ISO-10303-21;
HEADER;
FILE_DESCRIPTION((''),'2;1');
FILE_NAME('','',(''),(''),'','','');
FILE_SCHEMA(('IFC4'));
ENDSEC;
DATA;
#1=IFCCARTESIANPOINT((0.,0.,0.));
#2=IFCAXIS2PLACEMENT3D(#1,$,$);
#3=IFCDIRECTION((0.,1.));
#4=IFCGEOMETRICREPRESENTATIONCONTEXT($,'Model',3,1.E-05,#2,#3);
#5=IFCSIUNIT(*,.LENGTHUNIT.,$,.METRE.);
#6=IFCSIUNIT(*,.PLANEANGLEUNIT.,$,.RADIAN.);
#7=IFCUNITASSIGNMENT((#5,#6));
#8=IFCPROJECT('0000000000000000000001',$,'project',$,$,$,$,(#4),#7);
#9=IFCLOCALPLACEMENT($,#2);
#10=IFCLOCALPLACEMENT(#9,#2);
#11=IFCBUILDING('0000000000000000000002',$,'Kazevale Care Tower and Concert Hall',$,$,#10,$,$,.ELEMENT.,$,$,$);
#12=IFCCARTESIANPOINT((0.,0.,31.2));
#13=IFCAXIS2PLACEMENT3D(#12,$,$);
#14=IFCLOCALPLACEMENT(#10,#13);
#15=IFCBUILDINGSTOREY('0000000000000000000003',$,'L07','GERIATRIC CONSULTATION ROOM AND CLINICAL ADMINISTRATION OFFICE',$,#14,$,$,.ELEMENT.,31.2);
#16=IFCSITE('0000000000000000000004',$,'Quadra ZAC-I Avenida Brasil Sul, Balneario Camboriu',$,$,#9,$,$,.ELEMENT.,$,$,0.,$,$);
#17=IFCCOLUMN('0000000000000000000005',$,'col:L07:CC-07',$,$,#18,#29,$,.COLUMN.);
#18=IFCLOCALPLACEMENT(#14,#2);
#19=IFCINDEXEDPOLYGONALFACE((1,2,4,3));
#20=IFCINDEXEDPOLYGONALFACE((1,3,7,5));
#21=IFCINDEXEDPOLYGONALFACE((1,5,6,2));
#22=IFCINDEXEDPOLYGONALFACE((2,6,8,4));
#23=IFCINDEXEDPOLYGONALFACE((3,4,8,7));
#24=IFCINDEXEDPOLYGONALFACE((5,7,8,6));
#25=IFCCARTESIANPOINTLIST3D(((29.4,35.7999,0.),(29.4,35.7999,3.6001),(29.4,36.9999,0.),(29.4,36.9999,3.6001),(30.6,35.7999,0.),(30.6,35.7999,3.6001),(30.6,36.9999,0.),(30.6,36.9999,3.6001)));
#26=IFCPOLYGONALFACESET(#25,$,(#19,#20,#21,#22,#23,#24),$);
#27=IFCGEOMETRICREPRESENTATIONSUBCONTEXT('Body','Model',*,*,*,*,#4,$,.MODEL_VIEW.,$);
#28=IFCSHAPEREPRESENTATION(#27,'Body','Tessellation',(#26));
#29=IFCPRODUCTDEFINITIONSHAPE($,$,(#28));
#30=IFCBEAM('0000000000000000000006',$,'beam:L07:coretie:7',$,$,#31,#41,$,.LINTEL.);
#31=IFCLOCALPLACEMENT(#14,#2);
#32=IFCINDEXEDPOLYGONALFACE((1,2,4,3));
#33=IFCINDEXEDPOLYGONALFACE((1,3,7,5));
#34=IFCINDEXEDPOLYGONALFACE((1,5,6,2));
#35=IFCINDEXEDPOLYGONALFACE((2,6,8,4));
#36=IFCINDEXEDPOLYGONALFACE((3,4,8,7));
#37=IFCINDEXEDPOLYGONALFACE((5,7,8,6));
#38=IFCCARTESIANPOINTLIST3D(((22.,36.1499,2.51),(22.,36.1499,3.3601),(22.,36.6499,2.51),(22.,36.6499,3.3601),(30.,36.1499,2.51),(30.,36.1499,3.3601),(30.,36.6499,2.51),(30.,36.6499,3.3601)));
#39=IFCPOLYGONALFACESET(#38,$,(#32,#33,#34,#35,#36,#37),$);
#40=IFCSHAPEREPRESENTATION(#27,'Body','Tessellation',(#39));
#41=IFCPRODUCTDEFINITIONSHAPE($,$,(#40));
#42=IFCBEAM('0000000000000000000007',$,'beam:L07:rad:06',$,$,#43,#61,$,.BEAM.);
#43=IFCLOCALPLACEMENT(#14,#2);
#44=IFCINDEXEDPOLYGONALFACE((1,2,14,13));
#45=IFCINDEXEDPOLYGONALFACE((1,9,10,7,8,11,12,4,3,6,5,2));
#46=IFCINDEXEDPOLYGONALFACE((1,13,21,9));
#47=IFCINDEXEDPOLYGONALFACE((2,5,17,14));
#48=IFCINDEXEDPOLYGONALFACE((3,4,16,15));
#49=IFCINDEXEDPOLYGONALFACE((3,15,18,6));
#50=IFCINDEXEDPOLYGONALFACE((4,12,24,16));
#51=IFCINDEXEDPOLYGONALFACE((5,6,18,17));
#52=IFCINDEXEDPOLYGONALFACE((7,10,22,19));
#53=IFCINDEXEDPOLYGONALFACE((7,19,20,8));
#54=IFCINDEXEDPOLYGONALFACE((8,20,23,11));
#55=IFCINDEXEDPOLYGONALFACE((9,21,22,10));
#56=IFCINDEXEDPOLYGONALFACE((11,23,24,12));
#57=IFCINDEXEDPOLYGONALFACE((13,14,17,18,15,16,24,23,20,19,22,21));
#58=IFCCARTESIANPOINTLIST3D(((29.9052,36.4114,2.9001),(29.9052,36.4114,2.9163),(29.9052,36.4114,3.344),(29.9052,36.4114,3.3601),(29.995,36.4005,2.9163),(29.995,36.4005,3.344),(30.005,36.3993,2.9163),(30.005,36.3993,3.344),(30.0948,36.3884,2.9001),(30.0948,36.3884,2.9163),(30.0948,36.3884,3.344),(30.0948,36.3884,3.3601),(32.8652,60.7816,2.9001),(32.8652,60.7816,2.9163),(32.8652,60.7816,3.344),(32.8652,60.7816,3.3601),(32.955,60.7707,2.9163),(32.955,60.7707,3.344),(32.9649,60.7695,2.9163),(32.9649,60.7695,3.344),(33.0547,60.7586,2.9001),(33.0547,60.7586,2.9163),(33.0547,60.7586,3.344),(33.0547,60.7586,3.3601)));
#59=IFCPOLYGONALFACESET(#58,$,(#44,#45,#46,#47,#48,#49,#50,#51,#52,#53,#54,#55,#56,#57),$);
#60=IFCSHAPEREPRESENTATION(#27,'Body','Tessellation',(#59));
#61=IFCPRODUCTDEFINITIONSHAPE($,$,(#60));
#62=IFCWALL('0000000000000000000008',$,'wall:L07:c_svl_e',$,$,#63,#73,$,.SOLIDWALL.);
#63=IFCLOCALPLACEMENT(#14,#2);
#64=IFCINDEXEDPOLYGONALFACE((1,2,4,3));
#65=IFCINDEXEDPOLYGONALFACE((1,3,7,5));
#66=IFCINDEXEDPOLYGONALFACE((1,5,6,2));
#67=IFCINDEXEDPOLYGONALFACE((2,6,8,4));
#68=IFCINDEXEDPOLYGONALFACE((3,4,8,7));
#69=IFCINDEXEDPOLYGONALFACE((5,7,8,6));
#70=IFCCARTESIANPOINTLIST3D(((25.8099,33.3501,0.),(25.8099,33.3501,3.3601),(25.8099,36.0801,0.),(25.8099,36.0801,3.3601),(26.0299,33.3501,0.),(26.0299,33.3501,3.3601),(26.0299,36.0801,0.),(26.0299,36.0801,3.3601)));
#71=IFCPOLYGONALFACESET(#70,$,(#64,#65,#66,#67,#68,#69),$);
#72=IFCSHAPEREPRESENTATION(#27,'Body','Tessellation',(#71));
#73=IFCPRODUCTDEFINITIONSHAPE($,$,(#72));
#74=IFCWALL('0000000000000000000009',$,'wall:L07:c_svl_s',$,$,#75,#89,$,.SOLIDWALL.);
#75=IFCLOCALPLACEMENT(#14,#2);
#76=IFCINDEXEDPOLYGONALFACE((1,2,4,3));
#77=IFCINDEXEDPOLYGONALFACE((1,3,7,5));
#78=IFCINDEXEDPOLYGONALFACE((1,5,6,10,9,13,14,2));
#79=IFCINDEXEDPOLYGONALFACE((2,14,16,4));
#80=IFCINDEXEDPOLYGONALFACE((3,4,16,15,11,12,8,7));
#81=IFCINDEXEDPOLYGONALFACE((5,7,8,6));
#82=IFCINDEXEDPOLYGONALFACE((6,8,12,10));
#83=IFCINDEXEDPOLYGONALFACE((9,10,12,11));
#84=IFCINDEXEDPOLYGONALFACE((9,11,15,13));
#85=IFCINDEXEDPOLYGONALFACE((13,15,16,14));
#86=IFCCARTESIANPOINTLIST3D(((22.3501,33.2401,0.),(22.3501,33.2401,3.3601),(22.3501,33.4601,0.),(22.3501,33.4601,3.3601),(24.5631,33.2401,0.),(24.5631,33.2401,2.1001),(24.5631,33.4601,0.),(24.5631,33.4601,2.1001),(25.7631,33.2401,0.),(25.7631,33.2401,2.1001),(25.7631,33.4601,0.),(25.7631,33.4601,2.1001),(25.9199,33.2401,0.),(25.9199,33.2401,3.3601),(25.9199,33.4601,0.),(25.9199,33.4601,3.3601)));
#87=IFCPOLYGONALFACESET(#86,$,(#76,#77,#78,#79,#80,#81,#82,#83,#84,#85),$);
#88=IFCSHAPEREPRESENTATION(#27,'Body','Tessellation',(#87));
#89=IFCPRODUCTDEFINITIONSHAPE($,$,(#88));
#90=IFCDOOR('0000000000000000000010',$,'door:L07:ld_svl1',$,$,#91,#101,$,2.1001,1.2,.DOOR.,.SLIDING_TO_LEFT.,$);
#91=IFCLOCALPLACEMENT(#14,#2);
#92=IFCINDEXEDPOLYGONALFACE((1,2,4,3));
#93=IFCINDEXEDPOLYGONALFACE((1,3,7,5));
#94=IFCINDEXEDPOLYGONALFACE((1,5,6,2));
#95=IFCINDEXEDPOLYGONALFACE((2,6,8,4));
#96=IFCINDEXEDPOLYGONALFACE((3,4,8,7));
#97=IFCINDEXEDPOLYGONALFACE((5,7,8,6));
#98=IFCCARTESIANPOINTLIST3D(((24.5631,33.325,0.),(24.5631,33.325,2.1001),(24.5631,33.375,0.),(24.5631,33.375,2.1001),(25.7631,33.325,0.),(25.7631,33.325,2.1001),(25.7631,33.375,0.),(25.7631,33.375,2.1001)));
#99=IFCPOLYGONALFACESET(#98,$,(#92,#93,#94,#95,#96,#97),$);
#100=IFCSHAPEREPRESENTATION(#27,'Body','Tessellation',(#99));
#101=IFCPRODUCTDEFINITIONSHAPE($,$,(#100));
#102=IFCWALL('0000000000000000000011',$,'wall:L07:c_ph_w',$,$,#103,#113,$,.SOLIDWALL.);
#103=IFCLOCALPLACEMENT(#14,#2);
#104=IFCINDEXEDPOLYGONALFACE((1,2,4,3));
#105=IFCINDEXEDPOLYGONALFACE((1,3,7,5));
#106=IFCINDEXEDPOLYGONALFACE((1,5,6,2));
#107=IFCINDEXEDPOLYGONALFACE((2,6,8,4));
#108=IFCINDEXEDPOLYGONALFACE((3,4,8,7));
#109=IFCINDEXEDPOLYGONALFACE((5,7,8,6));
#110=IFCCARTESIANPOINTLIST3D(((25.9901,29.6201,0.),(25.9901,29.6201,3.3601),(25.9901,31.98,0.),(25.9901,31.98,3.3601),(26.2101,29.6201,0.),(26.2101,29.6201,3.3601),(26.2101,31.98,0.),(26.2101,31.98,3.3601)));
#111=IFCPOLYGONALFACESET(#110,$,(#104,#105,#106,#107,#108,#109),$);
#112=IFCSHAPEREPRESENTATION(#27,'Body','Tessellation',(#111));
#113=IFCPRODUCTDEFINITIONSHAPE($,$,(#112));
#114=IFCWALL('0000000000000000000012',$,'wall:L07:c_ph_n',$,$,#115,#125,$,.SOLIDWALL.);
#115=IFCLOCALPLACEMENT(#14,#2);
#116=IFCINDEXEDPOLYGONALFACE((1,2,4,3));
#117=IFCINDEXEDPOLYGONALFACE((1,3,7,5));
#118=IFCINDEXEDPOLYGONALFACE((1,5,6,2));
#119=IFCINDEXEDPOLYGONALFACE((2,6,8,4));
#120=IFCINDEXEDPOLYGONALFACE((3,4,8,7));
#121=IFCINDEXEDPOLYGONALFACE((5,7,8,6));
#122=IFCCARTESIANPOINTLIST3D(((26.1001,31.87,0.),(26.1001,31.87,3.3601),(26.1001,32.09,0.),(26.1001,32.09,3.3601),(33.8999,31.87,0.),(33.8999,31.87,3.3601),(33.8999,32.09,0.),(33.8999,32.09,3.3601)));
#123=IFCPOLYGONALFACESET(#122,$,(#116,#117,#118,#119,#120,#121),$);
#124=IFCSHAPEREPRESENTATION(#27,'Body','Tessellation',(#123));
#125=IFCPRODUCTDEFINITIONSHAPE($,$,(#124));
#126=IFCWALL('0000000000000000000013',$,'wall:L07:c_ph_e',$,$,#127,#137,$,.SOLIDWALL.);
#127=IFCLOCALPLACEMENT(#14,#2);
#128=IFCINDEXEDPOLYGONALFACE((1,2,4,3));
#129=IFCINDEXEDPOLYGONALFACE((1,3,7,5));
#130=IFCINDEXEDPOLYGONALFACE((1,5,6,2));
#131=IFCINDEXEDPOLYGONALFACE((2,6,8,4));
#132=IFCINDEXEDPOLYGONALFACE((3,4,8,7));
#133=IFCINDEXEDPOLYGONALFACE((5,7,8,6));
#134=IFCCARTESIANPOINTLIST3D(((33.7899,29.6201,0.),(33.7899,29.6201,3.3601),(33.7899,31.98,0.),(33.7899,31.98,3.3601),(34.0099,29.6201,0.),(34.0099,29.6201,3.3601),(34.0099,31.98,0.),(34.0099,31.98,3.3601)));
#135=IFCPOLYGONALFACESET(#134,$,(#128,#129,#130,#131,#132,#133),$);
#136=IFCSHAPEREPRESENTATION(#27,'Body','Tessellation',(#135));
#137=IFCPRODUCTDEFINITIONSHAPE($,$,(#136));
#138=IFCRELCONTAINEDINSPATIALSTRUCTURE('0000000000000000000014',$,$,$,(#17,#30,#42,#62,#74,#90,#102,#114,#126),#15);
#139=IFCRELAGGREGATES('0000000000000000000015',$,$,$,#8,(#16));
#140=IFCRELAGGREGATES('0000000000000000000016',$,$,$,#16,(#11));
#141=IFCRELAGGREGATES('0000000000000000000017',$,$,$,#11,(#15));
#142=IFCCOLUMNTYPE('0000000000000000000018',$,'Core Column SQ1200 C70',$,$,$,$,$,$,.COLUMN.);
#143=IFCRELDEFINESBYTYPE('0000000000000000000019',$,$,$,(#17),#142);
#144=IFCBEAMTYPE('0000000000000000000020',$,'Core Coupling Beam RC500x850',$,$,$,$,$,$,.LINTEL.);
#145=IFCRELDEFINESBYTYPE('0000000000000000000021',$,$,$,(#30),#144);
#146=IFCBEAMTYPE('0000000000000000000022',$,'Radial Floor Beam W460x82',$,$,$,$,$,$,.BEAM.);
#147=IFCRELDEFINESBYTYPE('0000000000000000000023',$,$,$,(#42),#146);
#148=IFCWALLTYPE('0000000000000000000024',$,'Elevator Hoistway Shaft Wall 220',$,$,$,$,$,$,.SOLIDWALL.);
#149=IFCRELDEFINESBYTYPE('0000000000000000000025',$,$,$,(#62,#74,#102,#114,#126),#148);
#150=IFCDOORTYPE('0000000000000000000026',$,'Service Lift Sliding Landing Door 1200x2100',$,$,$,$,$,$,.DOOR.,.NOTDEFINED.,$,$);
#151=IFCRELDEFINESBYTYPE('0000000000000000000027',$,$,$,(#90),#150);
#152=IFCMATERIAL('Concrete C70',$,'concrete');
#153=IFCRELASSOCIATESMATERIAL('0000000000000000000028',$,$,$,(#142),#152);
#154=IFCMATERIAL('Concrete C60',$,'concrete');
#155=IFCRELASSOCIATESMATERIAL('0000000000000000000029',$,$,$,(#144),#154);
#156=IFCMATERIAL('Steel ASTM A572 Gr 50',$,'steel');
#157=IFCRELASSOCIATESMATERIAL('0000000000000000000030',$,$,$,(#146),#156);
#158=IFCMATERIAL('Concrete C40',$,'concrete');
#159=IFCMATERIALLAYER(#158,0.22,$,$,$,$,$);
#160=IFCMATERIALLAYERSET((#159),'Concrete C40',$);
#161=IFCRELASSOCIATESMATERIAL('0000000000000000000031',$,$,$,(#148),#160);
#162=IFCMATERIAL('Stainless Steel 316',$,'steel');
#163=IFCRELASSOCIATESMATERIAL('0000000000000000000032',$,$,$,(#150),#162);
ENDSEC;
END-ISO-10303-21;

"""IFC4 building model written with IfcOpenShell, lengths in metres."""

from ifc_helpers import new_model, si_unit, direction, frame, frame_2d, origin, origin_2d, place, context, subcontext, project, spatial, rectangle, i_section, extrude, material, layer, layer_set, material_profile, profile_set, type_object, element, fill, save


model = new_model("IFC4")

# Units and contexts
model_context = context("Model", 3, precision=1e-05, world=origin(), true_north=direction((0.0, 1.0)))
body_context = subcontext(model_context, "Body", "Model", "MODEL_VIEW")
ifc_project = project(units=[si_unit("LENGTHUNIT", "METRE"), si_unit("PLANEANGLEUNIT", "RADIAN")], contexts=[model_context])

# Site, building, storey
site_placement = place(None, origin())
site = spatial("IfcSite", under=ifc_project, at=site_placement, Name="Quadra ZAC-I Avenida Brasil Sul, Balneario Camboriu", CompositionType="ELEMENT", RefElevation=0.0)
building_placement = place(site_placement, origin())
building = spatial("IfcBuilding", under=site, at=building_placement, Name="Kazevale Care Tower and Concert Hall", CompositionType="ELEMENT")
storey_placement = place(building_placement, frame((0.0, 0.0, 31.2)))
storey = spatial("IfcBuildingStorey", under=building, at=storey_placement, Name="L07", Description="GERIATRIC CONSULTATION ROOM AND CLINICAL ADMINISTRATION OFFICE", CompositionType="ELEMENT", Elevation=31.2)

# Column
ifc_material_1 = material(Name="Concrete C70", Category="concrete")
ifc_material_profile_1 = material_profile(ifc_material_1, rectangle(XDim=1.2, YDim=1.2, at=origin_2d()), Name="RC-SQ1200")
ifc_profile_set_1 = profile_set([ifc_material_profile_1], Name="Concrete C70")
column_type = type_object("IfcColumnType", Name="Core Column SQ1200 C70", PredefinedType="COLUMN", material=ifc_profile_set_1)
column_placement = place(storey_placement, frame((30.0, 36.3999, 0.0), z_axis=(0.0, 0.0, 1.0), x_axis=(1.0, 0.0, 0.0)))
element("IfcColumn", 1, at=column_placement, inside=storey, type_object=column_type, Name="col:L07:CC-07", PredefinedType="COLUMN", context=body_context, shape_type="SweptSolid", body=[
    extrude(rectangle(XDim=1.2, YDim=1.2, at=origin_2d()), origin(), (0.0, 0.0, 1.0), 3.6001),
])

# Beams
ifc_material_2 = material(Name="Concrete C60", Category="concrete")
ifc_material_profile_2 = material_profile(ifc_material_2, rectangle(XDim=0.5, YDim=0.8501, at=origin_2d()), Name="RC-B500x850")
ifc_profile_set_2 = profile_set([ifc_material_profile_2], Name="Concrete C60")
beam_type_1 = type_object("IfcBeamType", Name="Core Coupling Beam RC500x850", PredefinedType="LINTEL", material=ifc_profile_set_2)
beam_1_placement = place(storey_placement, frame((30.0, 36.3999, 2.9351), z_axis=(-1.0, 0.0, 0.0), x_axis=(0.0, -1.0, 0.0)))
element("IfcBeam", 2, at=beam_1_placement, inside=storey, type_object=beam_type_1, Name="beam:L07:coretie:7", PredefinedType="LINTEL", context=body_context, shape_type="SweptSolid", body=[
    extrude(rectangle(XDim=0.5, YDim=0.8501, at=origin_2d()), origin(), (0.0, 0.0, 1.0), 8.0),
])
ifc_material_3 = material(Name="Steel ASTM A572 Gr 50", Category="steel")
ifc_material_profile_3 = material_profile(ifc_material_3, i_section(OverallWidth=0.1909, OverallDepth=0.46, WebThickness=0.01, FlangeThickness=0.0161, at=origin_2d()), Name="W460x82")
ifc_profile_set_3 = profile_set([ifc_material_profile_3], Name="Steel ASTM A572 Gr 50")
beam_type_2 = type_object("IfcBeamType", Name="Radial Floor Beam W460x82", PredefinedType="BEAM", material=ifc_profile_set_3)
beam_2_placement = place(storey_placement, frame((30.0, 36.3999, 3.1301), z_axis=(0.120573, 0.992705, 0.0), x_axis=(-0.992705, 0.120573, 0.0)))
element("IfcBeam", 3, at=beam_2_placement, inside=storey, type_object=beam_type_2, Name="beam:L07:rad:06", PredefinedType="BEAM", context=body_context, shape_type="SweptSolid", body=[
    extrude(i_section(OverallWidth=0.1909, OverallDepth=0.46, WebThickness=0.01, FlangeThickness=0.0161, at=origin_2d()), origin(), (0.0, 0.0, 1.0), 24.5493),
])

# Wall
ifc_material_4 = material(Name="Concrete C40", Category="concrete")
ifc_layer = layer(ifc_material_4, 0.22)
ifc_layer_set = layer_set([ifc_layer], Name="Concrete C40")
wall_type = type_object("IfcWallType", Name="Elevator Hoistway Shaft Wall 220", PredefinedType="SOLIDWALL", material=ifc_layer_set)
wall_1_placement = place(storey_placement, frame((25.9199, 33.3501, 0.0), z_axis=(0.0, 0.0, 1.0), x_axis=(0.0, 1.0, 0.0)))
element("IfcWall", 4, at=wall_1_placement, inside=storey, type_object=wall_type, Name="wall:L07:c_svl_e", PredefinedType="SOLIDWALL", context=body_context, shape_type="SweptSolid", body=[
    extrude(rectangle(XDim=2.73, YDim=0.22, at=frame_2d((1.365, 0.0))), origin(), (0.0, 0.0, 1.0), 3.3601),
])

# Wall, opening, door
wall_2_placement = place(storey_placement, frame((22.3501, 33.3501, 0.0), z_axis=(0.0, 0.0, 1.0), x_axis=(1.0, 0.0, 0.0)))
wall_2 = element("IfcWall", 5, at=wall_2_placement, inside=storey, type_object=wall_type, Name="wall:L07:c_svl_s", PredefinedType="SOLIDWALL", context=body_context, shape_type="SweptSolid", body=[
    extrude(rectangle(XDim=3.5698, YDim=0.22, at=frame_2d((1.7849, 0.0))), origin(), (0.0, 0.0, 1.0), 3.3601),
])
opening_1_placement = place(wall_2_placement, frame((2.2129, 0.0, 0.0)))
opening_1 = element("IfcOpeningElement", 6, at=opening_1_placement, cuts=wall_2, PredefinedType="OPENING", context=body_context, shape_type="SweptSolid", body=[
    extrude(rectangle(XDim=1.2, YDim=2.1001, at=frame_2d((0.6001, 1.05))), frame((0.0, 0.1199, 0.0), z_axis=(0.0, -1.0, 0.0), x_axis=(1.0, 0.0, 0.0)), (0.0, 0.0, 1.0), 0.24),
])
ifc_material_5 = material(Name="Stainless Steel 316", Category="steel")
door_type_1 = type_object("IfcDoorType", Name="Service Lift Sliding Landing Door 1200x2100", OperationType="NOTDEFINED", PredefinedType="DOOR", material=ifc_material_5)
door_1_placement = place(opening_1_placement, origin())
door_1 = element("IfcDoor", 7, at=door_1_placement, inside=storey, type_object=door_type_1, Name="door:L07:ld_svl1", OperationType="SLIDING_TO_LEFT", OverallHeight=2.1001, OverallWidth=1.2, PredefinedType="DOOR", context=body_context, shape_type="SweptSolid", body=[
    extrude(rectangle(XDim=1.2, YDim=2.1001, at=frame_2d((0.6001, 1.05))), frame((0.0, 0.0249, 0.0), z_axis=(0.0, -1.0, 0.0), x_axis=(1.0, 0.0, 0.0)), (0.0, 0.0, 1.0), 0.05),
])
fill(opening_1, door_1)

# Walls
wall_3_placement = place(storey_placement, frame((26.1001, 29.6201, 0.0), z_axis=(0.0, 0.0, 1.0), x_axis=(0.0, 1.0, 0.0)))
element("IfcWall", 8, at=wall_3_placement, inside=storey, type_object=wall_type, Name="wall:L07:c_ph_w", PredefinedType="SOLIDWALL", context=body_context, shape_type="SweptSolid", body=[
    extrude(rectangle(XDim=2.3599, YDim=0.22, at=frame_2d((1.1799, 0.0))), origin(), (0.0, 0.0, 1.0), 3.3601),
])
wall_4_placement = place(storey_placement, frame((26.1001, 31.98, 0.0), z_axis=(0.0, 0.0, 1.0), x_axis=(1.0, 0.0, 0.0)))
element("IfcWall", 9, at=wall_4_placement, inside=storey, type_object=wall_type, Name="wall:L07:c_ph_n", PredefinedType="SOLIDWALL", context=body_context, shape_type="SweptSolid", body=[
    extrude(rectangle(XDim=7.7998, YDim=0.22, at=frame_2d((3.8999, 0.0))), origin(), (0.0, 0.0, 1.0), 3.3601),
])
wall_5_placement = place(storey_placement, frame((33.8999, 29.6201, 0.0), z_axis=(0.0, 0.0, 1.0), x_axis=(0.0, 1.0, 0.0)))
element("IfcWall", 10, at=wall_5_placement, inside=storey, type_object=wall_type, Name="wall:L07:c_ph_e", PredefinedType="SOLIDWALL", context=body_context, shape_type="SweptSolid", body=[
    extrude(rectangle(XDim=2.3599, YDim=0.22, at=frame_2d((1.1799, 0.0))), origin(), (0.0, 0.0, 1.0), 3.3601),
])

save(model, "model.ifc")
